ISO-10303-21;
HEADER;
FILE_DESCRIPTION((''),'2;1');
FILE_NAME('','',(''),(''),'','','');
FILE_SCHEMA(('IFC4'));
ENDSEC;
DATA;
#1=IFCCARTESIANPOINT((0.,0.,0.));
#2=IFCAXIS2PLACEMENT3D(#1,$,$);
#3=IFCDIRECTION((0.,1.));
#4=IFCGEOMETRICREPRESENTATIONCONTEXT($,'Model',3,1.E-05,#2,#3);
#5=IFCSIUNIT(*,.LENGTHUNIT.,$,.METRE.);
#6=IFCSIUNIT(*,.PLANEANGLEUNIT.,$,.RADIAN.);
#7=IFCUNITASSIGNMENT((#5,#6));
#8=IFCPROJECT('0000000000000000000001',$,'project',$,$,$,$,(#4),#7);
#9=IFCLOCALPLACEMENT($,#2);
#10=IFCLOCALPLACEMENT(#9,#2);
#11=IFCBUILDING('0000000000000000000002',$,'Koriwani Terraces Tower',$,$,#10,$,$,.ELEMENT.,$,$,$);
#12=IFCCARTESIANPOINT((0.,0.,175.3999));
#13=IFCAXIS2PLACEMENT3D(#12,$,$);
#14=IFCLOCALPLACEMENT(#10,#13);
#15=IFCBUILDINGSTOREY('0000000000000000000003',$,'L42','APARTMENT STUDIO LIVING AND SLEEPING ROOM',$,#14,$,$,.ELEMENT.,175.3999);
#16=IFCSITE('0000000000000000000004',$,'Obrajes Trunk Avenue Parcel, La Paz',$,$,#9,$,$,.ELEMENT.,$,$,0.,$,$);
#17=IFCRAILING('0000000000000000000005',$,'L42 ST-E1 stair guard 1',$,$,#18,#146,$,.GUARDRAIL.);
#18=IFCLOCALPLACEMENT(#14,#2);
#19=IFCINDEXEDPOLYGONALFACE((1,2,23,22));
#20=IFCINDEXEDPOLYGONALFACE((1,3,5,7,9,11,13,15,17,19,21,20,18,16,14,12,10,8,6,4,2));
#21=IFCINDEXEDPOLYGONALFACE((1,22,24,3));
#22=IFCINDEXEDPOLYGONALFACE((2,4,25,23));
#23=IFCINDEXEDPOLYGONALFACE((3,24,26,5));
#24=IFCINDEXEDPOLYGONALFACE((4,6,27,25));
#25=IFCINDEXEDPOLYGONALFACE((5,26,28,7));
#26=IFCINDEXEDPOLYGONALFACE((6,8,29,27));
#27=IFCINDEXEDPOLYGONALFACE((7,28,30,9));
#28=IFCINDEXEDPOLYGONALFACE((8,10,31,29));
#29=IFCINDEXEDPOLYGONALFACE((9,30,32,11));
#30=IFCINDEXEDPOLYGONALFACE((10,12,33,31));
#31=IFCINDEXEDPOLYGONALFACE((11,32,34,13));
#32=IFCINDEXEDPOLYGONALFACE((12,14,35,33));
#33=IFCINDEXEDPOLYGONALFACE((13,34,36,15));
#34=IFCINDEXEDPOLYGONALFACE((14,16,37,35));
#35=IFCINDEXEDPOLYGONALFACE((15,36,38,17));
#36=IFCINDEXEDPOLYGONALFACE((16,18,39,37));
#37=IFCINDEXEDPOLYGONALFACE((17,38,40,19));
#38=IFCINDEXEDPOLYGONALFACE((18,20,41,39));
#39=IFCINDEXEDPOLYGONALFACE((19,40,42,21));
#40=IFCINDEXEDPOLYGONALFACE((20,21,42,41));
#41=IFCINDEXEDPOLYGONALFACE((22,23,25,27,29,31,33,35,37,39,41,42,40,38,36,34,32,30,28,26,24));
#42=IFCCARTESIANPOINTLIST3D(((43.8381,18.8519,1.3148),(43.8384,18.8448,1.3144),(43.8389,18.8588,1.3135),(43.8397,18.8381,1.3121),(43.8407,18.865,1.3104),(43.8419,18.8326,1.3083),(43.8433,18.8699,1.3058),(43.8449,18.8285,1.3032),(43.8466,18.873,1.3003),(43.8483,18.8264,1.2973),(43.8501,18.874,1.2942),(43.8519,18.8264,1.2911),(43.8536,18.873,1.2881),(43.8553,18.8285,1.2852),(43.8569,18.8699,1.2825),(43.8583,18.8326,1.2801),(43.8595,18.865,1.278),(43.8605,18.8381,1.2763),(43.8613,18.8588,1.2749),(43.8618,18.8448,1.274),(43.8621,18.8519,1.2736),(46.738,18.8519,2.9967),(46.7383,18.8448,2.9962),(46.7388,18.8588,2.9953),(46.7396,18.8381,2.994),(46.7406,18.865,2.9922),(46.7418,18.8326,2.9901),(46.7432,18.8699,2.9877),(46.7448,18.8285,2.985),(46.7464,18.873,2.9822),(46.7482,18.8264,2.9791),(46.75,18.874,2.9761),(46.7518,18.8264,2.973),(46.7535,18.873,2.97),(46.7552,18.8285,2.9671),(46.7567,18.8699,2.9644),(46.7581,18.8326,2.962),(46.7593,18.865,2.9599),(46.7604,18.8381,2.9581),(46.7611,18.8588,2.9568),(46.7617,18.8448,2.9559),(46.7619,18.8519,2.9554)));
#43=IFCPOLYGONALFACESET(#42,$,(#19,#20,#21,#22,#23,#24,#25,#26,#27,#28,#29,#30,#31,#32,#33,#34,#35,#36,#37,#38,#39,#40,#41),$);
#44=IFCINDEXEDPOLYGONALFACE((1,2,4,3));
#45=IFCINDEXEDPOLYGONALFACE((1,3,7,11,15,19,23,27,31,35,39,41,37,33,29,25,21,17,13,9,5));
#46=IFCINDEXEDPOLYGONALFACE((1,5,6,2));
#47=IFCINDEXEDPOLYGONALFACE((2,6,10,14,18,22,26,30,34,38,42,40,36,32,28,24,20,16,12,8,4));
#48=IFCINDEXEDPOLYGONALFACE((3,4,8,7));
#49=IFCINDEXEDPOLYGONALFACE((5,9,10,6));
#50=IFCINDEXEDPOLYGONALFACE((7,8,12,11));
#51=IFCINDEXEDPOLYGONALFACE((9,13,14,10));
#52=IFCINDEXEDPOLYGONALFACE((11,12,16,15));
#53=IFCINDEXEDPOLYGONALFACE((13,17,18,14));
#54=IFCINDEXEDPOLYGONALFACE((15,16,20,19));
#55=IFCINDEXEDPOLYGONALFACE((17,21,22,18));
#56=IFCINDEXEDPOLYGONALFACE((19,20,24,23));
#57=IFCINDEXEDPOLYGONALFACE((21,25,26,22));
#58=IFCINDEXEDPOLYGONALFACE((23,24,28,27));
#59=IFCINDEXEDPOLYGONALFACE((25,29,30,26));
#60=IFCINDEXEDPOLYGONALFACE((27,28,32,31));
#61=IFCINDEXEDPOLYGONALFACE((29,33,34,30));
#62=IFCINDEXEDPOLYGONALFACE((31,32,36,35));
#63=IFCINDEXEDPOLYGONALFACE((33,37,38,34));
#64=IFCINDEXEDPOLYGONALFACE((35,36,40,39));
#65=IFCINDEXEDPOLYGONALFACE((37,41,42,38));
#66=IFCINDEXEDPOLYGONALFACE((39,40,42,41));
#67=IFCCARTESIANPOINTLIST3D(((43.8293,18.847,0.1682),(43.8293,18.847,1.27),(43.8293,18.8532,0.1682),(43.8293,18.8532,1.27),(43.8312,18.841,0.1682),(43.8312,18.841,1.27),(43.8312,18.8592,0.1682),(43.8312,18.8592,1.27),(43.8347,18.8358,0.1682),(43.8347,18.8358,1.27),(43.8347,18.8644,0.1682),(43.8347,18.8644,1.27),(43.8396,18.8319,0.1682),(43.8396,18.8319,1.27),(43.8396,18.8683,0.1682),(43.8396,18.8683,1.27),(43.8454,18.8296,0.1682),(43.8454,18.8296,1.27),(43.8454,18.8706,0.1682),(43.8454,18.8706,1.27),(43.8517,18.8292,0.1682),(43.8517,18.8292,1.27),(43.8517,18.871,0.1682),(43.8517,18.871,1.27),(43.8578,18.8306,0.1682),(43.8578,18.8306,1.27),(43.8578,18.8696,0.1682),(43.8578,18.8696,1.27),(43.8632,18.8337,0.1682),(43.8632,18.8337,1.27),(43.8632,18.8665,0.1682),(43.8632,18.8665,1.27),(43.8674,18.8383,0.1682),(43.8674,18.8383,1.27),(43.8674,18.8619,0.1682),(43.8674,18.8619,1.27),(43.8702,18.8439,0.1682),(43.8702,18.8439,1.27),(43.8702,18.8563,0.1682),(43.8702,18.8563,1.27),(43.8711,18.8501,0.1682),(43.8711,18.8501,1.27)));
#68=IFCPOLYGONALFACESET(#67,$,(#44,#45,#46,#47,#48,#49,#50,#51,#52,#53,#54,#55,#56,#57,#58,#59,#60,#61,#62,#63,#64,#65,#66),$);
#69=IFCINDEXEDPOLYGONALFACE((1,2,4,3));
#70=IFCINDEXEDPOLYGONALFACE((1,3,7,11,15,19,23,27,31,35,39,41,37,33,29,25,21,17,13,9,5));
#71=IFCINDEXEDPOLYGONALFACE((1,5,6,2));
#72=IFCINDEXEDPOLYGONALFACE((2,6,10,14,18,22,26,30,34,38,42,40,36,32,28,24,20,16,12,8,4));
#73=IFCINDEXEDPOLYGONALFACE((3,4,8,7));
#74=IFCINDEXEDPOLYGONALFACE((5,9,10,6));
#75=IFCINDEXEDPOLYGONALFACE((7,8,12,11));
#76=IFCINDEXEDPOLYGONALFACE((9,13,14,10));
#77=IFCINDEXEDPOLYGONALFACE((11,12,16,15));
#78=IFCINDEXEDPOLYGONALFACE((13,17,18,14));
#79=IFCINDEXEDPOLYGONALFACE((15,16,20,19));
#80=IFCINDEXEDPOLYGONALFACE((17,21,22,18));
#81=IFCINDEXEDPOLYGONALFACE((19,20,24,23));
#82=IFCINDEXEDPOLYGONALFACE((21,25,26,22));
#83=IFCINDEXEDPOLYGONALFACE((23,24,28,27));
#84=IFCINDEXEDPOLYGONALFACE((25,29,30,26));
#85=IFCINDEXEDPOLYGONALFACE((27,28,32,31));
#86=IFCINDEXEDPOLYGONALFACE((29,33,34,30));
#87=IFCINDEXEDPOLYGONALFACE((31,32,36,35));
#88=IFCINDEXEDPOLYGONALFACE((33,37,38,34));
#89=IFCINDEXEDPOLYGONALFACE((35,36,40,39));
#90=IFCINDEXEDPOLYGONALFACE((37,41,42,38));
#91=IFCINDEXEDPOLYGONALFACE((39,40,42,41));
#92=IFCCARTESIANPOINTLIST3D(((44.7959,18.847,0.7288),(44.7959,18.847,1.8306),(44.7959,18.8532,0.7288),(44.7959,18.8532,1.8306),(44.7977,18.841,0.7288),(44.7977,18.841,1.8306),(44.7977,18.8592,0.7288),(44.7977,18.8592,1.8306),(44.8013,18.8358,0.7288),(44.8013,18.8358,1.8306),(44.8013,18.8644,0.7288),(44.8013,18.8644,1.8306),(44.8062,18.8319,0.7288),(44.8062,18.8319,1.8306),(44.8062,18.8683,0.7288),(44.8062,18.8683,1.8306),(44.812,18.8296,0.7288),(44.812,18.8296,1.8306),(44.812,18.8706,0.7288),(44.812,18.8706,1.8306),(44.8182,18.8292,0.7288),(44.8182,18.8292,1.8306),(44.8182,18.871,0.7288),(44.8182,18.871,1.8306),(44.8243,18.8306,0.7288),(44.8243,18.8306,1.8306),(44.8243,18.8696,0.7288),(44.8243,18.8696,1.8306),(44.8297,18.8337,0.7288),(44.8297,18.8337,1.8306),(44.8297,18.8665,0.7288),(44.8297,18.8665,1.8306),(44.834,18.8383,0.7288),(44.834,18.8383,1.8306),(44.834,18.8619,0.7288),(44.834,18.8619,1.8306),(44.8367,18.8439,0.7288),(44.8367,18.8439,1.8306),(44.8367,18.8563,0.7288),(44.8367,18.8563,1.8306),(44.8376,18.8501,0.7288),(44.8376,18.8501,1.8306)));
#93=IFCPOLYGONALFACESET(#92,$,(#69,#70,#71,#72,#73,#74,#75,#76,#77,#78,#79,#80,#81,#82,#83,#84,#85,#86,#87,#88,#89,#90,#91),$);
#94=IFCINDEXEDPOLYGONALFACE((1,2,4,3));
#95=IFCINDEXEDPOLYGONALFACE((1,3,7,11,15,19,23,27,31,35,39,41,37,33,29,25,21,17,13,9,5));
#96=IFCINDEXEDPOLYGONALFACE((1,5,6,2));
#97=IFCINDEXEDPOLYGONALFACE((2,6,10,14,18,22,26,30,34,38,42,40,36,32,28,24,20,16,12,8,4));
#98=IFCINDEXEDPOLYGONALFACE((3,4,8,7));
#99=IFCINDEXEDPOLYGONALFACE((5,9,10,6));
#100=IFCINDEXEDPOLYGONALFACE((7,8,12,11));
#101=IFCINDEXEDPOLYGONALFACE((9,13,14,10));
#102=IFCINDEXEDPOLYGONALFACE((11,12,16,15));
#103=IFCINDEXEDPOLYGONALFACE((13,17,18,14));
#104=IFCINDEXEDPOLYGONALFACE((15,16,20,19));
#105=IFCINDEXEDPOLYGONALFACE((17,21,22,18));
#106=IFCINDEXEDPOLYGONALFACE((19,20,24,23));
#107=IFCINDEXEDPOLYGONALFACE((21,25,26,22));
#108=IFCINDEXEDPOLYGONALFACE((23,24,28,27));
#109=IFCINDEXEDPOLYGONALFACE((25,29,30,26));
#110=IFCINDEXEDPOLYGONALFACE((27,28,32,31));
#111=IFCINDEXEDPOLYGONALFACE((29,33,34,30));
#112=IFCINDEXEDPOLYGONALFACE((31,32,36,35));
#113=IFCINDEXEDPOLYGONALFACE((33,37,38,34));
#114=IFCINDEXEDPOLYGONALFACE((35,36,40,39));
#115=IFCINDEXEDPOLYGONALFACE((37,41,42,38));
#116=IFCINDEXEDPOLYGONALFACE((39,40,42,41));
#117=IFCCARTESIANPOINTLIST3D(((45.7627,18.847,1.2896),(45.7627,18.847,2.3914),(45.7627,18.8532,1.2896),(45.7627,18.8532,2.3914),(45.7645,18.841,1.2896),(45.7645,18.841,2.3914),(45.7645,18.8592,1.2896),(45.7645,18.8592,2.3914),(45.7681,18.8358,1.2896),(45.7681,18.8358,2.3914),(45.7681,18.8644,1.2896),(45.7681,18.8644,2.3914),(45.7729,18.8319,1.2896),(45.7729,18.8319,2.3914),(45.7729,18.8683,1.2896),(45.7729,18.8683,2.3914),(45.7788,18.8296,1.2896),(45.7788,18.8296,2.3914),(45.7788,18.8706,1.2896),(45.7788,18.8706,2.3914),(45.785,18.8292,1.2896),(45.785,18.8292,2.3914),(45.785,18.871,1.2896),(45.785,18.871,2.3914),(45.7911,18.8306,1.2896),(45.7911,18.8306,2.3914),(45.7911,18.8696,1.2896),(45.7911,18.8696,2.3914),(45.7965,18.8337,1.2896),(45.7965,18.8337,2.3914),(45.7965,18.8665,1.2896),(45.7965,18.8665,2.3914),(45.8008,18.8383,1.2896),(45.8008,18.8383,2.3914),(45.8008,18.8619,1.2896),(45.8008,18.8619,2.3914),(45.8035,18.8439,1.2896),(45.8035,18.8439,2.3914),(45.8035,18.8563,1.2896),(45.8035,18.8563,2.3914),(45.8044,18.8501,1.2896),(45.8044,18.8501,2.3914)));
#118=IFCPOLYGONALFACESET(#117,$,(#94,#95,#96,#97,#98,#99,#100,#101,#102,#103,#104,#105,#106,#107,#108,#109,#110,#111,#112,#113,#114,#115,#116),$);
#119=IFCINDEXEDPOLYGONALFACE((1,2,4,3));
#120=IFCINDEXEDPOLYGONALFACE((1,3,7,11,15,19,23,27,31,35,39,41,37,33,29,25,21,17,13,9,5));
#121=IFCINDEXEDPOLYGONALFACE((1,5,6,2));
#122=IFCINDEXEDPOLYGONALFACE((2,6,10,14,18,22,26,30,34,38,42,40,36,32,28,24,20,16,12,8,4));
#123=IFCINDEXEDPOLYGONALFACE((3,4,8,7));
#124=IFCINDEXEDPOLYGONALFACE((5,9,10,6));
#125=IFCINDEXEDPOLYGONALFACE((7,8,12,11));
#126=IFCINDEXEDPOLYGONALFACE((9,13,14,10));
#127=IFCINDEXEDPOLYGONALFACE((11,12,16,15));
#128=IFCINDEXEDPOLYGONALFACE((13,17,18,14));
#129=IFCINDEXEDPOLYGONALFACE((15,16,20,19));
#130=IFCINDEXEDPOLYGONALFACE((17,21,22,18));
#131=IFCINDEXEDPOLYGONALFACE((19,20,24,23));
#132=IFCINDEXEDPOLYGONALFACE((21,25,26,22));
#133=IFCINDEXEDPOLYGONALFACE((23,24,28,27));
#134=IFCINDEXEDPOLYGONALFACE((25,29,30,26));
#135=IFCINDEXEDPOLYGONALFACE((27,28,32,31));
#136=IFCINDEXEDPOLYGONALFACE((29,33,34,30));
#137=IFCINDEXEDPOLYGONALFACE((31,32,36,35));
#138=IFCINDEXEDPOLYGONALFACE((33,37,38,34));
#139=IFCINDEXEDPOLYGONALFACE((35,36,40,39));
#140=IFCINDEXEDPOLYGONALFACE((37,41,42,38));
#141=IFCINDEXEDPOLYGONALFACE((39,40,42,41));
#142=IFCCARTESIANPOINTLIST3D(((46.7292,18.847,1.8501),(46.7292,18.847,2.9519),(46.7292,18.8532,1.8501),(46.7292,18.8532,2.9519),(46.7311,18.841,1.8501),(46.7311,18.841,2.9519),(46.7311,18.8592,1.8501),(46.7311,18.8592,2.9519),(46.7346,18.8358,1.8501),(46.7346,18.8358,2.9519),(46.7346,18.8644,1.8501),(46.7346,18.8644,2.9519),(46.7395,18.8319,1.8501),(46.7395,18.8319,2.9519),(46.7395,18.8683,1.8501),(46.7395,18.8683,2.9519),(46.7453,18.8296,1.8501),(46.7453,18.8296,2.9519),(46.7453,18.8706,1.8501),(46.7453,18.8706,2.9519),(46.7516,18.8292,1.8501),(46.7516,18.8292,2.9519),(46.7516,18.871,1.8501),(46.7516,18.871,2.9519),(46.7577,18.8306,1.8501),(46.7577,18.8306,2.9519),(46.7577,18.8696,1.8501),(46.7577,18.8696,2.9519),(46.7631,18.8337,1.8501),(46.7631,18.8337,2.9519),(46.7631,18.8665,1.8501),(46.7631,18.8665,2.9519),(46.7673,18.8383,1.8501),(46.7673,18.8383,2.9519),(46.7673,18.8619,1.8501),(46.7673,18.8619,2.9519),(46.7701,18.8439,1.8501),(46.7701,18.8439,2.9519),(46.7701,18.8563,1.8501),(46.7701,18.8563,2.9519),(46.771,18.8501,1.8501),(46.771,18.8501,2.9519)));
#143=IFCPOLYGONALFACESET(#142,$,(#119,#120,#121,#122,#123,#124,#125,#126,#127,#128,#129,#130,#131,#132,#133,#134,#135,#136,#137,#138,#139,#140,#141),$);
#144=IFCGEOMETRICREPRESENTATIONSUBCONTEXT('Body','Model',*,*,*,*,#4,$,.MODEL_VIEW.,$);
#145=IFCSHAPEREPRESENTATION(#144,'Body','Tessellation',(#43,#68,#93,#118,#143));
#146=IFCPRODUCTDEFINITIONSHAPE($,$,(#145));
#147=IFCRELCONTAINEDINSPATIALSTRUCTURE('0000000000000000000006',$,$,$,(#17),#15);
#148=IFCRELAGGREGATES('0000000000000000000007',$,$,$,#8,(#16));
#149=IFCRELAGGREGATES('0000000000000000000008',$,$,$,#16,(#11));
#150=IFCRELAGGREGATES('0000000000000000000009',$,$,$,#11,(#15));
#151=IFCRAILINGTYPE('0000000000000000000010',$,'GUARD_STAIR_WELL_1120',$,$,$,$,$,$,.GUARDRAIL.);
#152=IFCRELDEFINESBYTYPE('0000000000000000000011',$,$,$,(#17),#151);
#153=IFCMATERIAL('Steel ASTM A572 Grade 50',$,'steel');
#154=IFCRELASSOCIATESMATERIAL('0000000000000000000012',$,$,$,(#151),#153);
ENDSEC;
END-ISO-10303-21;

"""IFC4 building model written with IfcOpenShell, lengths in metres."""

from ifc_helpers import new_model, si_unit, direction, frame, origin, origin_2d, place, context, subcontext, project, spatial, circle, extrude, material, type_object, element, save


model = new_model("IFC4")

# Units and contexts
model_context = context("Model", 3, precision=1e-05, world=origin(), true_north=direction((0.0, 1.0)))
body_context = subcontext(model_context, "Body", "Model", "MODEL_VIEW")
ifc_project = project(units=[si_unit("LENGTHUNIT", "METRE"), si_unit("PLANEANGLEUNIT", "RADIAN")], contexts=[model_context])

# Site, building, storey
site_placement = place(None, origin())
site = spatial("IfcSite", under=ifc_project, at=site_placement, Name="Obrajes Trunk Avenue Parcel, La Paz", CompositionType="ELEMENT", RefElevation=0.0)
building_placement = place(site_placement, origin())
building = spatial("IfcBuilding", under=site, at=building_placement, Name="Koriwani Terraces Tower", CompositionType="ELEMENT")
storey_placement = place(building_placement, frame((0.0, 0.0, 175.3999)))
storey = spatial("IfcBuildingStorey", under=building, at=storey_placement, Name="L42", Description="APARTMENT STUDIO LIVING AND SLEEPING ROOM", CompositionType="ELEMENT", Elevation=175.3999)

# Shared definitions
ifc_material_1 = material(Name="Steel ASTM A572 Grade 50", Category="steel")

# Railing
railing_type_1 = type_object("IfcRailingType", Name="GUARD_STAIR_WELL_1120", PredefinedType="GUARDRAIL", material=ifc_material_1)
railing_1_placement = place(storey_placement, frame((43.8501, 18.8501, 0.1682)))
element("IfcRailing", 1, at=railing_1_placement, inside=storey, type_object=railing_type_1, Name="L42 ST-E1 stair guard 1", PredefinedType="GUARDRAIL", context=body_context, shape_type="SweptSolid", body=[
    extrude(circle(Radius=0.0239, at=origin_2d()), frame((0.0, 0.0, 1.126), z_axis=(0.865039, 0.0, 0.501705), x_axis=(0.0, 1.0, 0.0)), (0.0, 0.0, 1.0), 3.3523),
    extrude(circle(Radius=0.021, at=origin_2d()), origin(), (0.0, 0.0, 1.0), 1.1018),
    extrude(circle(Radius=0.021, at=origin_2d()), frame((0.9666, 0.0, 0.5605)), (0.0, 0.0, 1.0), 1.1018),
    extrude(circle(Radius=0.021, at=origin_2d()), frame((1.9333, 0.0, 1.1213)), (0.0, 0.0, 1.0), 1.1018),
    extrude(circle(Radius=0.021, at=origin_2d()), frame((2.8999, 0.0, 1.6819)), (0.0, 0.0, 1.0), 1.1018),
])

save(model, "model.ifc")
